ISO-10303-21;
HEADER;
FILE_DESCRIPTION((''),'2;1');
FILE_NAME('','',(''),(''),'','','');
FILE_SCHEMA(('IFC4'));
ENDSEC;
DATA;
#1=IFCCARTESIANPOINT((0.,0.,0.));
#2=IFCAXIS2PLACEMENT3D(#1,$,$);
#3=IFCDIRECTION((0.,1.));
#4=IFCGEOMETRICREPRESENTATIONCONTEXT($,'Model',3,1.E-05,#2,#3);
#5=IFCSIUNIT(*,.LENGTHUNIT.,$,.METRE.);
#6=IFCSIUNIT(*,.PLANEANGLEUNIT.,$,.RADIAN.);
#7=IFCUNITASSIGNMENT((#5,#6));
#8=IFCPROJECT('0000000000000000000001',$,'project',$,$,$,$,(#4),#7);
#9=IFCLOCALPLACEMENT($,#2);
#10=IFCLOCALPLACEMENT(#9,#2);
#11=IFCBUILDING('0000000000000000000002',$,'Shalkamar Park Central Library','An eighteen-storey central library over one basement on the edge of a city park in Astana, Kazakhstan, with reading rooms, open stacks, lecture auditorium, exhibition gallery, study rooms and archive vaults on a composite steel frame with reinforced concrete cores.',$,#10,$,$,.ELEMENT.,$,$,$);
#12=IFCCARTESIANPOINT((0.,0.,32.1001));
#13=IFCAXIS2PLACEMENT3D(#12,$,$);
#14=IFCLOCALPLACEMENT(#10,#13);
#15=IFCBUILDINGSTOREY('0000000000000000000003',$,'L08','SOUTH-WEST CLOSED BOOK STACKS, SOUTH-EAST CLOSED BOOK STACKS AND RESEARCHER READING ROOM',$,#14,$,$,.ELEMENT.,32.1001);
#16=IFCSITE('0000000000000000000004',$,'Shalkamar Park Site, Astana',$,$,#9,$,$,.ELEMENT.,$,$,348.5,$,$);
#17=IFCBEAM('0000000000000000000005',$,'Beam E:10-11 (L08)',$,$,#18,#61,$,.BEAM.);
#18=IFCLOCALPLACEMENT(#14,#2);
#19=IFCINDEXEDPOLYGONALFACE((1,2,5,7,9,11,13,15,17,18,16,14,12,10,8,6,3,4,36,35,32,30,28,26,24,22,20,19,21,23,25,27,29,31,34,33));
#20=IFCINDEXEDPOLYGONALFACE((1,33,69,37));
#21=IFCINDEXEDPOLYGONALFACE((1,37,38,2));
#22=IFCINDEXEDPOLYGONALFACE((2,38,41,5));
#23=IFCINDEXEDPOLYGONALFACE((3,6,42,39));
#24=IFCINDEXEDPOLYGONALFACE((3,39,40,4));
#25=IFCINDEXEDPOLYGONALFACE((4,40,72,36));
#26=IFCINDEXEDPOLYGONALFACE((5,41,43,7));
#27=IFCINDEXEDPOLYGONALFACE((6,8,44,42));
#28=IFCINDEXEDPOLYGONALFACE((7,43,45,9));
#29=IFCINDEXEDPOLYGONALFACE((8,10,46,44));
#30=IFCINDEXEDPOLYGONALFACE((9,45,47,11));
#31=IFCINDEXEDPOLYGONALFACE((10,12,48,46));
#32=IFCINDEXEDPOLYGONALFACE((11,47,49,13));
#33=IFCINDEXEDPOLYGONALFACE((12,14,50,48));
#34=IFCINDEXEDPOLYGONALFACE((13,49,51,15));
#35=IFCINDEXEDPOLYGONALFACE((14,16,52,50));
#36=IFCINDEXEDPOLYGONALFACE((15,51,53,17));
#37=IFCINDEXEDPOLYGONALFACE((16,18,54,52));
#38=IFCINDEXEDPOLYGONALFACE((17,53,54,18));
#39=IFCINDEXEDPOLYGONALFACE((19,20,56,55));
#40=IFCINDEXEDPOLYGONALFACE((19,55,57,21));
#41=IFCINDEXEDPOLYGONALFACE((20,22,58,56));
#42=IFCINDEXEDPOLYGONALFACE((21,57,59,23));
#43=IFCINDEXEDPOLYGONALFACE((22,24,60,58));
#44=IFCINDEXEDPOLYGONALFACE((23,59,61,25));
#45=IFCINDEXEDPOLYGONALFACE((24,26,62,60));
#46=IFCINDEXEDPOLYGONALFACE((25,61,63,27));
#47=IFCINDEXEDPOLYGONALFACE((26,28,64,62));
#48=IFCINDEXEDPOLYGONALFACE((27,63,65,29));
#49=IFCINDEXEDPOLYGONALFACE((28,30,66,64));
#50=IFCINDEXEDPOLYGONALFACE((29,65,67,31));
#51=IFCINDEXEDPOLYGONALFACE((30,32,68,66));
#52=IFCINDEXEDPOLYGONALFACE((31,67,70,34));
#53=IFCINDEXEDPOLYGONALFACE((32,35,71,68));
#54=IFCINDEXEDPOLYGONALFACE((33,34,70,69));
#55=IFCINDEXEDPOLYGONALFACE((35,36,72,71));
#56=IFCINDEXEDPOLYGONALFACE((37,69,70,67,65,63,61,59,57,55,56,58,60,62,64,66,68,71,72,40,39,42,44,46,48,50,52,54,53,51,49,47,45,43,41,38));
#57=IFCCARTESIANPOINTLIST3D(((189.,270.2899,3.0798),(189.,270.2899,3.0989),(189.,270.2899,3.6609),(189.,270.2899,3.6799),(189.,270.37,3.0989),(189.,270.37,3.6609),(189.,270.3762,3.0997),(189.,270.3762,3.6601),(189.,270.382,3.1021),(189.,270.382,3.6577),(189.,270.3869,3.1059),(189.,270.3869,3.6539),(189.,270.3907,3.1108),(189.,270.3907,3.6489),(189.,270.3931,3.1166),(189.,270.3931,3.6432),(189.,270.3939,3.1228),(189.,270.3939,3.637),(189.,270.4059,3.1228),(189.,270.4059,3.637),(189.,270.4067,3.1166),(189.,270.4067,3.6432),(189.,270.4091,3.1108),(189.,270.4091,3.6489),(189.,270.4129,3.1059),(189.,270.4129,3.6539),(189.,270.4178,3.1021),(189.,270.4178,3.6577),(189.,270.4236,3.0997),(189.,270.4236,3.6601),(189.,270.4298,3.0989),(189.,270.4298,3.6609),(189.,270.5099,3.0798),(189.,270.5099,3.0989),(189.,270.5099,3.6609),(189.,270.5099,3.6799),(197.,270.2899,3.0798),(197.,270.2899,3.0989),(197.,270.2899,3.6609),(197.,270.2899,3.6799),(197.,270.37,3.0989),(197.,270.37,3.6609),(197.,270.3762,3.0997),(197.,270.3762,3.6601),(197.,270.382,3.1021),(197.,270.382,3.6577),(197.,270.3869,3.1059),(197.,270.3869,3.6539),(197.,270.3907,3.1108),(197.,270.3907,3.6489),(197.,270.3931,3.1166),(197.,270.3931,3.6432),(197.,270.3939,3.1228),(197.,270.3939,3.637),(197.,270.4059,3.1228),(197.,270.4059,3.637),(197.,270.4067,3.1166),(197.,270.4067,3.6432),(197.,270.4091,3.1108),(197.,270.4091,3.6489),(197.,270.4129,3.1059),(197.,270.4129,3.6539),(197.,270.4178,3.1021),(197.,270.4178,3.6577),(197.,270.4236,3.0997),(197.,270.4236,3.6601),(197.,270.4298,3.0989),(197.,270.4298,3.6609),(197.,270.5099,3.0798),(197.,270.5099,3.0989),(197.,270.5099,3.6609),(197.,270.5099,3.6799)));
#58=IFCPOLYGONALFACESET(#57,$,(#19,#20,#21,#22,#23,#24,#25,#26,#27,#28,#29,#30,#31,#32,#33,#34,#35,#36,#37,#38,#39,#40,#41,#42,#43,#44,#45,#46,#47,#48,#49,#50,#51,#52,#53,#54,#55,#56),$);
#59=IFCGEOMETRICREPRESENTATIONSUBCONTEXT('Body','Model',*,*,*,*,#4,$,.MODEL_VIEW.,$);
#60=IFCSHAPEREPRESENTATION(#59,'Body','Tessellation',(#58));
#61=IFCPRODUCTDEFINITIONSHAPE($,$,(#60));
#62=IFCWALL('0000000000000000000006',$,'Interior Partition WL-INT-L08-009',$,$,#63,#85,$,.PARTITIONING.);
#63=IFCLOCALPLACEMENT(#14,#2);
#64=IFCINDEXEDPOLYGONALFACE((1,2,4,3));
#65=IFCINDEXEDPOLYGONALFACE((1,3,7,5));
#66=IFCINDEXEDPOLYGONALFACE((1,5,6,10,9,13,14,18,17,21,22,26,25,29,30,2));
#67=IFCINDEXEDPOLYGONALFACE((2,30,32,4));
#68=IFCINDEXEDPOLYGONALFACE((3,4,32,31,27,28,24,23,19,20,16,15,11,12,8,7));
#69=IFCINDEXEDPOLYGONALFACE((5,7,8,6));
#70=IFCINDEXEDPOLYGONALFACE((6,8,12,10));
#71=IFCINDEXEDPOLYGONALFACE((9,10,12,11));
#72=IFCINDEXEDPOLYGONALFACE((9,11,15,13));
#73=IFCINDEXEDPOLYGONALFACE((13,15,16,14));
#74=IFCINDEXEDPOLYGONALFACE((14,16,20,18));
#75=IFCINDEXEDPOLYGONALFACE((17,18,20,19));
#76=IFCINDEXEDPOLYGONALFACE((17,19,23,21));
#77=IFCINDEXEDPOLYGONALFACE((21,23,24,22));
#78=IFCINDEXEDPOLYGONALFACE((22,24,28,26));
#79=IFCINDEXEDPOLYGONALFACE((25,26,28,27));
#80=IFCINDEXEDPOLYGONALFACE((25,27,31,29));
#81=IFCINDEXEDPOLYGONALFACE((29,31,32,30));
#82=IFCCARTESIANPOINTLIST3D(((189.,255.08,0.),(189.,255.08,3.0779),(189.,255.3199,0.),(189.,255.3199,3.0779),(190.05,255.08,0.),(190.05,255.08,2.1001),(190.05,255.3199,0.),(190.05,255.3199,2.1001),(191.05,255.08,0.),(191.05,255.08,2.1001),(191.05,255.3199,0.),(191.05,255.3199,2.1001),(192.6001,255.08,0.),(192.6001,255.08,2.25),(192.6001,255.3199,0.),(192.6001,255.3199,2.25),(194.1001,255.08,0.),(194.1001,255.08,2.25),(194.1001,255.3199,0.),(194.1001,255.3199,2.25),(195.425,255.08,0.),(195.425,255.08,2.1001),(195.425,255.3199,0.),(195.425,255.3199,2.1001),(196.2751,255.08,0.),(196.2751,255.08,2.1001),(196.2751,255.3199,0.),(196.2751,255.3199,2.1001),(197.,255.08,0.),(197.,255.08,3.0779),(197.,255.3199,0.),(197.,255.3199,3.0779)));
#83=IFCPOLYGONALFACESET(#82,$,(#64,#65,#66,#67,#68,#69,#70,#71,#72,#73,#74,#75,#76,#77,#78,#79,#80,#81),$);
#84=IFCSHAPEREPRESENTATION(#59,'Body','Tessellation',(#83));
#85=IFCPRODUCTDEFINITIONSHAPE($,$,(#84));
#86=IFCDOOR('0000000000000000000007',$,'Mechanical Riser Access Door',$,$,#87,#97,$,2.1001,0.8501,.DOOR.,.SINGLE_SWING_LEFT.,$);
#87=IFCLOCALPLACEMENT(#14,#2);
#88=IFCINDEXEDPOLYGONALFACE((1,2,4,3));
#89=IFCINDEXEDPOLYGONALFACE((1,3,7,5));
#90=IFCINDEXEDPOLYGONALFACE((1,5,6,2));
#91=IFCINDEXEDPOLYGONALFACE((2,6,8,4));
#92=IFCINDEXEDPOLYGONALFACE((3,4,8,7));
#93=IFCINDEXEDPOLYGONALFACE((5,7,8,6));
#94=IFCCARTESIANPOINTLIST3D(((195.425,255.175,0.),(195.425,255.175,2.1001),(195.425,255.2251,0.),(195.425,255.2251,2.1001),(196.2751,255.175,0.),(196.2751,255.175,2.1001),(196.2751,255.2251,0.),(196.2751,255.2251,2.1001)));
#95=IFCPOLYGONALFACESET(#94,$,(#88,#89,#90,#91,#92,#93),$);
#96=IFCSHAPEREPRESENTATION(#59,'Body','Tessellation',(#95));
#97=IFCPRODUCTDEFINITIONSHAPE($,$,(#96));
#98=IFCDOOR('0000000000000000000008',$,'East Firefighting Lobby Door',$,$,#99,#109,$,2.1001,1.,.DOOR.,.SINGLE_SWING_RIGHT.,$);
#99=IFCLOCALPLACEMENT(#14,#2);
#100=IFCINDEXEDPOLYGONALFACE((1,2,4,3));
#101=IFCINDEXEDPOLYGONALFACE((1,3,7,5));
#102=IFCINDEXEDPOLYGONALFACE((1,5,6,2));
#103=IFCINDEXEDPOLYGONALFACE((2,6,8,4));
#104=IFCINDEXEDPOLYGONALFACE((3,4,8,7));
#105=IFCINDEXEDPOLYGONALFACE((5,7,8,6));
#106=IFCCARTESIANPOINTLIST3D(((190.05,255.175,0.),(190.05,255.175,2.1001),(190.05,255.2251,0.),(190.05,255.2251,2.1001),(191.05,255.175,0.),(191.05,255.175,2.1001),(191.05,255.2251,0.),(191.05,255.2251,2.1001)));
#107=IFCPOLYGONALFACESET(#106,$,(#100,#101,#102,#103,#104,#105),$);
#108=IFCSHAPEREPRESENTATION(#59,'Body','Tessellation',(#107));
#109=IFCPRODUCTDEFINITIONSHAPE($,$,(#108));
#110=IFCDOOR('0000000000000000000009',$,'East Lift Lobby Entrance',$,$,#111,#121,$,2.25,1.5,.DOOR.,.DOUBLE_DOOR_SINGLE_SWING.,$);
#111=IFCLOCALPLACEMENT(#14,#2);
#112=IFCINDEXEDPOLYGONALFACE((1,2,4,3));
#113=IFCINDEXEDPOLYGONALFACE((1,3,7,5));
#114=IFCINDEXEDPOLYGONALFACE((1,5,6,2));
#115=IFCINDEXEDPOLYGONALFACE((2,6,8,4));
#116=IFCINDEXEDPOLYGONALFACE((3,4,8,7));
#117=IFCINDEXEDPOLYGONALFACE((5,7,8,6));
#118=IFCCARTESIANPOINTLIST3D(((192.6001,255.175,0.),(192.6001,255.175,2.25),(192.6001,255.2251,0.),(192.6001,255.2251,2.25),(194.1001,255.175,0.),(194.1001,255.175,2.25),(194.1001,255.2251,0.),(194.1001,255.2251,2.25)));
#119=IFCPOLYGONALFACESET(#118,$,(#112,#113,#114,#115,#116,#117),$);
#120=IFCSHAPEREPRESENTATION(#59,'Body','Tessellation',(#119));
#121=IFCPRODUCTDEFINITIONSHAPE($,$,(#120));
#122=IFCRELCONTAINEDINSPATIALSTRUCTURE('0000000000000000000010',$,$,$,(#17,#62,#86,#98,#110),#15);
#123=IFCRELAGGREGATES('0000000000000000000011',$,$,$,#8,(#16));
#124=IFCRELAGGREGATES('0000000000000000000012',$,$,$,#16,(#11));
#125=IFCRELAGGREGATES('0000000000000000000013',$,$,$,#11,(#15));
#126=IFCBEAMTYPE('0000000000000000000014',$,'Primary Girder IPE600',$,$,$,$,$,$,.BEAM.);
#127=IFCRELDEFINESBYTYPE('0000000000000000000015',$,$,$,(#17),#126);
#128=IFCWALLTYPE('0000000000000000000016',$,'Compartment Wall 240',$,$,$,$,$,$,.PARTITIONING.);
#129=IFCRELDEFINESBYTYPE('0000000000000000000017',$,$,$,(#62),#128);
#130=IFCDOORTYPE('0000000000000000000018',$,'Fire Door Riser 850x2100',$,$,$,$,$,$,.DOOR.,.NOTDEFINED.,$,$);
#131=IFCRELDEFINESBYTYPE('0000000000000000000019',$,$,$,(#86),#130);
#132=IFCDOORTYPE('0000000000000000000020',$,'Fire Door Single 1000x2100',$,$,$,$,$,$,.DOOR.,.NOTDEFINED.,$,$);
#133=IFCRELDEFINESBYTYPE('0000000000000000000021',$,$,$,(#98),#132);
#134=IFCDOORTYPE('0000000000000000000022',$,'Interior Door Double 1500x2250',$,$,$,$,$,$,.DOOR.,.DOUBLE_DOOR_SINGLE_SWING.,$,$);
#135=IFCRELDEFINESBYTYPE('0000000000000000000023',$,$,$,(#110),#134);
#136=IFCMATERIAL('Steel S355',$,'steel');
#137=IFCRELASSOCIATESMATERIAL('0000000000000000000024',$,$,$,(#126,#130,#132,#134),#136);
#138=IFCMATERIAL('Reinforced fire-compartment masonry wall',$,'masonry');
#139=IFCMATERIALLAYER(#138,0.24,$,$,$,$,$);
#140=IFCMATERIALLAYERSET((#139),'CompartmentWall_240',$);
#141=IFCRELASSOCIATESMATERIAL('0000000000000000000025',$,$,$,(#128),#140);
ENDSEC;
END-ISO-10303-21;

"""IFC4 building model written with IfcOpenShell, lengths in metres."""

from ifc_helpers import new_model, si_unit, direction, frame, frame_2d, origin, origin_2d, place, context, subcontext, project, spatial, rectangle, i_section, extrude, material, layer, layer_set, material_profile, profile_set, type_object, element, fill, save


model = new_model("IFC4")

# Units and contexts
model_context = context("Model", 3, precision=1e-05, world=origin(), true_north=direction((0.0, 1.0)))
body_context = subcontext(model_context, "Body", "Model", "MODEL_VIEW")
ifc_project = project(units=[si_unit("LENGTHUNIT", "METRE"), si_unit("PLANEANGLEUNIT", "RADIAN")], contexts=[model_context])

# Site, building, storey
site_placement = place(None, origin())
site = spatial("IfcSite", under=ifc_project, at=site_placement, Name="Shalkamar Park Site, Astana", CompositionType="ELEMENT", RefElevation=348.5)
building_placement = place(site_placement, origin())
building = spatial("IfcBuilding", under=site, at=building_placement, Name="Shalkamar Park Central Library", Description="An eighteen-storey central library over one basement on the edge of a city park in Astana, Kazakhstan, with reading rooms, open stacks, lecture auditorium, exhibition gallery, study rooms and archive vaults on a composite steel frame with reinforced concrete cores.", CompositionType="ELEMENT")
storey_placement = place(building_placement, frame((0.0, 0.0, 32.1001)))
storey = spatial("IfcBuildingStorey", under=building, at=storey_placement, Name="L08", Description="SOUTH-WEST CLOSED BOOK STACKS, SOUTH-EAST CLOSED BOOK STACKS AND RESEARCHER READING ROOM", CompositionType="ELEMENT", Elevation=32.1001)

# Shared definitions
ifc_material_1 = material(Name="Steel S355", Category="steel")

# Beam
ifc_material_profile_1 = material_profile(ifc_material_1, i_section(OverallWidth=0.22, OverallDepth=0.6001, WebThickness=0.012, FlangeThickness=0.019, FilletRadius=0.0239, at=origin_2d()), Name="IPE 600")
ifc_profile_set_1 = profile_set([ifc_material_profile_1], Name="Steel S355")
beam_type_1 = type_object("IfcBeamType", Name="Primary Girder IPE600", PredefinedType="BEAM", material=ifc_profile_set_1)
for number, where, z_axis, x_axis, name in (
    (1, (189.0, 270.3999, 3.3799), (1.0, 0.0, 0.0), (0.0, 1.0, 0.0), "Beam E:10-11 (L08)"),
):
    element("IfcBeam", number, at=place(storey_placement, frame(where, z_axis=z_axis, x_axis=x_axis)), inside=storey, type_object=beam_type_1, Name=name, PredefinedType="BEAM", context=body_context, shape_type="SweptSolid", body=[
        extrude(i_section(OverallWidth=0.22, OverallDepth=0.6001, WebThickness=0.012, FlangeThickness=0.019, FilletRadius=0.0239, at=origin_2d()), origin(), (0.0, 0.0, 1.0), 8.0),
    ])

# Wall, openings, doors
ifc_material_2 = material(Name="Reinforced fire-compartment masonry wall", Category="masonry")
ifc_layer = layer(ifc_material_2, 0.24)
ifc_layer_set = layer_set([ifc_layer], Name="CompartmentWall_240")
wall_type = type_object("IfcWallType", Name="Compartment Wall 240", PredefinedType="PARTITIONING", material=ifc_layer_set)
wall_placement = place(storey_placement, frame((189.0, 255.2, 0.0), z_axis=(0.0, 0.0, 1.0), x_axis=(1.0, 0.0, 0.0)))
wall = element("IfcWall", 2, at=wall_placement, inside=storey, type_object=wall_type, Name="Interior Partition WL-INT-L08-009", PredefinedType="PARTITIONING", context=body_context, shape_type="SweptSolid", body=[
    extrude(rectangle(XDim=8.0, YDim=0.24, at=frame_2d((4.0, 0.0))), origin(), (0.0, 0.0, 1.0), 3.0779),
])
opening_1_placement = place(wall_placement, frame((1.05, 0.0, 0.0)))
opening_1 = element("IfcOpeningElement", 3, at=opening_1_placement, cuts=wall, PredefinedType="OPENING", context=body_context, shape_type="SweptSolid", body=[
    extrude(rectangle(XDim=1.0, YDim=2.1001, at=frame_2d((0.5, 1.05))), frame((0.0, 0.1348, 0.0), z_axis=(0.0, -1.0, 0.0), x_axis=(1.0, 0.0, 0.0)), (0.0, 0.0, 1.0), 0.2698),
])
opening_2_placement = place(wall_placement, frame((3.6001, 0.0, 0.0)))
opening_2 = element("IfcOpeningElement", 4, at=opening_2_placement, cuts=wall, PredefinedType="OPENING", context=body_context, shape_type="SweptSolid", body=[
    extrude(rectangle(XDim=1.5, YDim=2.25, at=frame_2d((0.75, 1.125))), frame((0.0, 0.1348, 0.0), z_axis=(0.0, -1.0, 0.0), x_axis=(1.0, 0.0, 0.0)), (0.0, 0.0, 1.0), 0.2698),
])
opening_3_placement = place(wall_placement, frame((6.425, 0.0, 0.0)))
opening_3 = element("IfcOpeningElement", 5, at=opening_3_placement, cuts=wall, PredefinedType="OPENING", context=body_context, shape_type="SweptSolid", body=[
    extrude(rectangle(XDim=0.8501, YDim=2.1001, at=frame_2d((0.425, 1.05))), frame((0.0, 0.1348, 0.0), z_axis=(0.0, -1.0, 0.0), x_axis=(1.0, 0.0, 0.0)), (0.0, 0.0, 1.0), 0.2698),
])
door_type_1 = type_object("IfcDoorType", Name="Fire Door Riser 850x2100", OperationType="NOTDEFINED", PredefinedType="DOOR", material=ifc_material_1)
door_1_placement = place(opening_3_placement, frame((0.8501, 0.0, 0.0), z_axis=(0.0, 0.0, 1.0), x_axis=(-1.0, 0.0, 0.0)))
door_1 = element("IfcDoor", 6, at=door_1_placement, inside=storey, type_object=door_type_1, Name="Mechanical Riser Access Door", OperationType="SINGLE_SWING_LEFT", OverallHeight=2.1001, OverallWidth=0.8501, PredefinedType="DOOR", context=body_context, shape_type="SweptSolid", body=[
    extrude(rectangle(XDim=0.8501, YDim=2.1001, at=frame_2d((0.425, 1.05))), frame((0.0, 0.0249, 0.0), z_axis=(0.0, -1.0, 0.0), x_axis=(1.0, 0.0, 0.0)), (0.0, 0.0, 1.0), 0.05),
])
fill(opening_3, door_1)
door_type_2 = type_object("IfcDoorType", Name="Fire Door Single 1000x2100", OperationType="NOTDEFINED", PredefinedType="DOOR", material=ifc_material_1)
door_2_placement = place(opening_1_placement, frame((1.0, 0.0, 0.0), z_axis=(0.0, 0.0, 1.0), x_axis=(-1.0, 0.0, 0.0)))
door_2 = element("IfcDoor", 7, at=door_2_placement, inside=storey, type_object=door_type_2, Name="East Firefighting Lobby Door", OperationType="SINGLE_SWING_RIGHT", OverallHeight=2.1001, OverallWidth=1.0, PredefinedType="DOOR", context=body_context, shape_type="SweptSolid", body=[
    extrude(rectangle(XDim=1.0, YDim=2.1001, at=frame_2d((0.5, 1.05))), frame((0.0, 0.0249, 0.0), z_axis=(0.0, -1.0, 0.0), x_axis=(1.0, 0.0, 0.0)), (0.0, 0.0, 1.0), 0.05),
])
fill(opening_1, door_2)
door_type_3 = type_object("IfcDoorType", Name="Interior Door Double 1500x2250", OperationType="DOUBLE_DOOR_SINGLE_SWING", PredefinedType="DOOR", material=ifc_material_1)
door_3_placement = place(opening_2_placement, frame((1.5, 0.0, 0.0), z_axis=(0.0, 0.0, 1.0), x_axis=(-1.0, 0.0, 0.0)))
door_3 = element("IfcDoor", 8, at=door_3_placement, inside=storey, type_object=door_type_3, Name="East Lift Lobby Entrance", OperationType="DOUBLE_DOOR_SINGLE_SWING", OverallHeight=2.25, OverallWidth=1.5, PredefinedType="DOOR", context=body_context, shape_type="SweptSolid", body=[
    extrude(rectangle(XDim=1.5, YDim=2.25, at=frame_2d((0.75, 1.125))), frame((0.0, 0.0249, 0.0), z_axis=(0.0, -1.0, 0.0), x_axis=(1.0, 0.0, 0.0)), (0.0, 0.0, 1.0), 0.05),
])
fill(opening_2, door_3)

save(model, "model.ifc")
